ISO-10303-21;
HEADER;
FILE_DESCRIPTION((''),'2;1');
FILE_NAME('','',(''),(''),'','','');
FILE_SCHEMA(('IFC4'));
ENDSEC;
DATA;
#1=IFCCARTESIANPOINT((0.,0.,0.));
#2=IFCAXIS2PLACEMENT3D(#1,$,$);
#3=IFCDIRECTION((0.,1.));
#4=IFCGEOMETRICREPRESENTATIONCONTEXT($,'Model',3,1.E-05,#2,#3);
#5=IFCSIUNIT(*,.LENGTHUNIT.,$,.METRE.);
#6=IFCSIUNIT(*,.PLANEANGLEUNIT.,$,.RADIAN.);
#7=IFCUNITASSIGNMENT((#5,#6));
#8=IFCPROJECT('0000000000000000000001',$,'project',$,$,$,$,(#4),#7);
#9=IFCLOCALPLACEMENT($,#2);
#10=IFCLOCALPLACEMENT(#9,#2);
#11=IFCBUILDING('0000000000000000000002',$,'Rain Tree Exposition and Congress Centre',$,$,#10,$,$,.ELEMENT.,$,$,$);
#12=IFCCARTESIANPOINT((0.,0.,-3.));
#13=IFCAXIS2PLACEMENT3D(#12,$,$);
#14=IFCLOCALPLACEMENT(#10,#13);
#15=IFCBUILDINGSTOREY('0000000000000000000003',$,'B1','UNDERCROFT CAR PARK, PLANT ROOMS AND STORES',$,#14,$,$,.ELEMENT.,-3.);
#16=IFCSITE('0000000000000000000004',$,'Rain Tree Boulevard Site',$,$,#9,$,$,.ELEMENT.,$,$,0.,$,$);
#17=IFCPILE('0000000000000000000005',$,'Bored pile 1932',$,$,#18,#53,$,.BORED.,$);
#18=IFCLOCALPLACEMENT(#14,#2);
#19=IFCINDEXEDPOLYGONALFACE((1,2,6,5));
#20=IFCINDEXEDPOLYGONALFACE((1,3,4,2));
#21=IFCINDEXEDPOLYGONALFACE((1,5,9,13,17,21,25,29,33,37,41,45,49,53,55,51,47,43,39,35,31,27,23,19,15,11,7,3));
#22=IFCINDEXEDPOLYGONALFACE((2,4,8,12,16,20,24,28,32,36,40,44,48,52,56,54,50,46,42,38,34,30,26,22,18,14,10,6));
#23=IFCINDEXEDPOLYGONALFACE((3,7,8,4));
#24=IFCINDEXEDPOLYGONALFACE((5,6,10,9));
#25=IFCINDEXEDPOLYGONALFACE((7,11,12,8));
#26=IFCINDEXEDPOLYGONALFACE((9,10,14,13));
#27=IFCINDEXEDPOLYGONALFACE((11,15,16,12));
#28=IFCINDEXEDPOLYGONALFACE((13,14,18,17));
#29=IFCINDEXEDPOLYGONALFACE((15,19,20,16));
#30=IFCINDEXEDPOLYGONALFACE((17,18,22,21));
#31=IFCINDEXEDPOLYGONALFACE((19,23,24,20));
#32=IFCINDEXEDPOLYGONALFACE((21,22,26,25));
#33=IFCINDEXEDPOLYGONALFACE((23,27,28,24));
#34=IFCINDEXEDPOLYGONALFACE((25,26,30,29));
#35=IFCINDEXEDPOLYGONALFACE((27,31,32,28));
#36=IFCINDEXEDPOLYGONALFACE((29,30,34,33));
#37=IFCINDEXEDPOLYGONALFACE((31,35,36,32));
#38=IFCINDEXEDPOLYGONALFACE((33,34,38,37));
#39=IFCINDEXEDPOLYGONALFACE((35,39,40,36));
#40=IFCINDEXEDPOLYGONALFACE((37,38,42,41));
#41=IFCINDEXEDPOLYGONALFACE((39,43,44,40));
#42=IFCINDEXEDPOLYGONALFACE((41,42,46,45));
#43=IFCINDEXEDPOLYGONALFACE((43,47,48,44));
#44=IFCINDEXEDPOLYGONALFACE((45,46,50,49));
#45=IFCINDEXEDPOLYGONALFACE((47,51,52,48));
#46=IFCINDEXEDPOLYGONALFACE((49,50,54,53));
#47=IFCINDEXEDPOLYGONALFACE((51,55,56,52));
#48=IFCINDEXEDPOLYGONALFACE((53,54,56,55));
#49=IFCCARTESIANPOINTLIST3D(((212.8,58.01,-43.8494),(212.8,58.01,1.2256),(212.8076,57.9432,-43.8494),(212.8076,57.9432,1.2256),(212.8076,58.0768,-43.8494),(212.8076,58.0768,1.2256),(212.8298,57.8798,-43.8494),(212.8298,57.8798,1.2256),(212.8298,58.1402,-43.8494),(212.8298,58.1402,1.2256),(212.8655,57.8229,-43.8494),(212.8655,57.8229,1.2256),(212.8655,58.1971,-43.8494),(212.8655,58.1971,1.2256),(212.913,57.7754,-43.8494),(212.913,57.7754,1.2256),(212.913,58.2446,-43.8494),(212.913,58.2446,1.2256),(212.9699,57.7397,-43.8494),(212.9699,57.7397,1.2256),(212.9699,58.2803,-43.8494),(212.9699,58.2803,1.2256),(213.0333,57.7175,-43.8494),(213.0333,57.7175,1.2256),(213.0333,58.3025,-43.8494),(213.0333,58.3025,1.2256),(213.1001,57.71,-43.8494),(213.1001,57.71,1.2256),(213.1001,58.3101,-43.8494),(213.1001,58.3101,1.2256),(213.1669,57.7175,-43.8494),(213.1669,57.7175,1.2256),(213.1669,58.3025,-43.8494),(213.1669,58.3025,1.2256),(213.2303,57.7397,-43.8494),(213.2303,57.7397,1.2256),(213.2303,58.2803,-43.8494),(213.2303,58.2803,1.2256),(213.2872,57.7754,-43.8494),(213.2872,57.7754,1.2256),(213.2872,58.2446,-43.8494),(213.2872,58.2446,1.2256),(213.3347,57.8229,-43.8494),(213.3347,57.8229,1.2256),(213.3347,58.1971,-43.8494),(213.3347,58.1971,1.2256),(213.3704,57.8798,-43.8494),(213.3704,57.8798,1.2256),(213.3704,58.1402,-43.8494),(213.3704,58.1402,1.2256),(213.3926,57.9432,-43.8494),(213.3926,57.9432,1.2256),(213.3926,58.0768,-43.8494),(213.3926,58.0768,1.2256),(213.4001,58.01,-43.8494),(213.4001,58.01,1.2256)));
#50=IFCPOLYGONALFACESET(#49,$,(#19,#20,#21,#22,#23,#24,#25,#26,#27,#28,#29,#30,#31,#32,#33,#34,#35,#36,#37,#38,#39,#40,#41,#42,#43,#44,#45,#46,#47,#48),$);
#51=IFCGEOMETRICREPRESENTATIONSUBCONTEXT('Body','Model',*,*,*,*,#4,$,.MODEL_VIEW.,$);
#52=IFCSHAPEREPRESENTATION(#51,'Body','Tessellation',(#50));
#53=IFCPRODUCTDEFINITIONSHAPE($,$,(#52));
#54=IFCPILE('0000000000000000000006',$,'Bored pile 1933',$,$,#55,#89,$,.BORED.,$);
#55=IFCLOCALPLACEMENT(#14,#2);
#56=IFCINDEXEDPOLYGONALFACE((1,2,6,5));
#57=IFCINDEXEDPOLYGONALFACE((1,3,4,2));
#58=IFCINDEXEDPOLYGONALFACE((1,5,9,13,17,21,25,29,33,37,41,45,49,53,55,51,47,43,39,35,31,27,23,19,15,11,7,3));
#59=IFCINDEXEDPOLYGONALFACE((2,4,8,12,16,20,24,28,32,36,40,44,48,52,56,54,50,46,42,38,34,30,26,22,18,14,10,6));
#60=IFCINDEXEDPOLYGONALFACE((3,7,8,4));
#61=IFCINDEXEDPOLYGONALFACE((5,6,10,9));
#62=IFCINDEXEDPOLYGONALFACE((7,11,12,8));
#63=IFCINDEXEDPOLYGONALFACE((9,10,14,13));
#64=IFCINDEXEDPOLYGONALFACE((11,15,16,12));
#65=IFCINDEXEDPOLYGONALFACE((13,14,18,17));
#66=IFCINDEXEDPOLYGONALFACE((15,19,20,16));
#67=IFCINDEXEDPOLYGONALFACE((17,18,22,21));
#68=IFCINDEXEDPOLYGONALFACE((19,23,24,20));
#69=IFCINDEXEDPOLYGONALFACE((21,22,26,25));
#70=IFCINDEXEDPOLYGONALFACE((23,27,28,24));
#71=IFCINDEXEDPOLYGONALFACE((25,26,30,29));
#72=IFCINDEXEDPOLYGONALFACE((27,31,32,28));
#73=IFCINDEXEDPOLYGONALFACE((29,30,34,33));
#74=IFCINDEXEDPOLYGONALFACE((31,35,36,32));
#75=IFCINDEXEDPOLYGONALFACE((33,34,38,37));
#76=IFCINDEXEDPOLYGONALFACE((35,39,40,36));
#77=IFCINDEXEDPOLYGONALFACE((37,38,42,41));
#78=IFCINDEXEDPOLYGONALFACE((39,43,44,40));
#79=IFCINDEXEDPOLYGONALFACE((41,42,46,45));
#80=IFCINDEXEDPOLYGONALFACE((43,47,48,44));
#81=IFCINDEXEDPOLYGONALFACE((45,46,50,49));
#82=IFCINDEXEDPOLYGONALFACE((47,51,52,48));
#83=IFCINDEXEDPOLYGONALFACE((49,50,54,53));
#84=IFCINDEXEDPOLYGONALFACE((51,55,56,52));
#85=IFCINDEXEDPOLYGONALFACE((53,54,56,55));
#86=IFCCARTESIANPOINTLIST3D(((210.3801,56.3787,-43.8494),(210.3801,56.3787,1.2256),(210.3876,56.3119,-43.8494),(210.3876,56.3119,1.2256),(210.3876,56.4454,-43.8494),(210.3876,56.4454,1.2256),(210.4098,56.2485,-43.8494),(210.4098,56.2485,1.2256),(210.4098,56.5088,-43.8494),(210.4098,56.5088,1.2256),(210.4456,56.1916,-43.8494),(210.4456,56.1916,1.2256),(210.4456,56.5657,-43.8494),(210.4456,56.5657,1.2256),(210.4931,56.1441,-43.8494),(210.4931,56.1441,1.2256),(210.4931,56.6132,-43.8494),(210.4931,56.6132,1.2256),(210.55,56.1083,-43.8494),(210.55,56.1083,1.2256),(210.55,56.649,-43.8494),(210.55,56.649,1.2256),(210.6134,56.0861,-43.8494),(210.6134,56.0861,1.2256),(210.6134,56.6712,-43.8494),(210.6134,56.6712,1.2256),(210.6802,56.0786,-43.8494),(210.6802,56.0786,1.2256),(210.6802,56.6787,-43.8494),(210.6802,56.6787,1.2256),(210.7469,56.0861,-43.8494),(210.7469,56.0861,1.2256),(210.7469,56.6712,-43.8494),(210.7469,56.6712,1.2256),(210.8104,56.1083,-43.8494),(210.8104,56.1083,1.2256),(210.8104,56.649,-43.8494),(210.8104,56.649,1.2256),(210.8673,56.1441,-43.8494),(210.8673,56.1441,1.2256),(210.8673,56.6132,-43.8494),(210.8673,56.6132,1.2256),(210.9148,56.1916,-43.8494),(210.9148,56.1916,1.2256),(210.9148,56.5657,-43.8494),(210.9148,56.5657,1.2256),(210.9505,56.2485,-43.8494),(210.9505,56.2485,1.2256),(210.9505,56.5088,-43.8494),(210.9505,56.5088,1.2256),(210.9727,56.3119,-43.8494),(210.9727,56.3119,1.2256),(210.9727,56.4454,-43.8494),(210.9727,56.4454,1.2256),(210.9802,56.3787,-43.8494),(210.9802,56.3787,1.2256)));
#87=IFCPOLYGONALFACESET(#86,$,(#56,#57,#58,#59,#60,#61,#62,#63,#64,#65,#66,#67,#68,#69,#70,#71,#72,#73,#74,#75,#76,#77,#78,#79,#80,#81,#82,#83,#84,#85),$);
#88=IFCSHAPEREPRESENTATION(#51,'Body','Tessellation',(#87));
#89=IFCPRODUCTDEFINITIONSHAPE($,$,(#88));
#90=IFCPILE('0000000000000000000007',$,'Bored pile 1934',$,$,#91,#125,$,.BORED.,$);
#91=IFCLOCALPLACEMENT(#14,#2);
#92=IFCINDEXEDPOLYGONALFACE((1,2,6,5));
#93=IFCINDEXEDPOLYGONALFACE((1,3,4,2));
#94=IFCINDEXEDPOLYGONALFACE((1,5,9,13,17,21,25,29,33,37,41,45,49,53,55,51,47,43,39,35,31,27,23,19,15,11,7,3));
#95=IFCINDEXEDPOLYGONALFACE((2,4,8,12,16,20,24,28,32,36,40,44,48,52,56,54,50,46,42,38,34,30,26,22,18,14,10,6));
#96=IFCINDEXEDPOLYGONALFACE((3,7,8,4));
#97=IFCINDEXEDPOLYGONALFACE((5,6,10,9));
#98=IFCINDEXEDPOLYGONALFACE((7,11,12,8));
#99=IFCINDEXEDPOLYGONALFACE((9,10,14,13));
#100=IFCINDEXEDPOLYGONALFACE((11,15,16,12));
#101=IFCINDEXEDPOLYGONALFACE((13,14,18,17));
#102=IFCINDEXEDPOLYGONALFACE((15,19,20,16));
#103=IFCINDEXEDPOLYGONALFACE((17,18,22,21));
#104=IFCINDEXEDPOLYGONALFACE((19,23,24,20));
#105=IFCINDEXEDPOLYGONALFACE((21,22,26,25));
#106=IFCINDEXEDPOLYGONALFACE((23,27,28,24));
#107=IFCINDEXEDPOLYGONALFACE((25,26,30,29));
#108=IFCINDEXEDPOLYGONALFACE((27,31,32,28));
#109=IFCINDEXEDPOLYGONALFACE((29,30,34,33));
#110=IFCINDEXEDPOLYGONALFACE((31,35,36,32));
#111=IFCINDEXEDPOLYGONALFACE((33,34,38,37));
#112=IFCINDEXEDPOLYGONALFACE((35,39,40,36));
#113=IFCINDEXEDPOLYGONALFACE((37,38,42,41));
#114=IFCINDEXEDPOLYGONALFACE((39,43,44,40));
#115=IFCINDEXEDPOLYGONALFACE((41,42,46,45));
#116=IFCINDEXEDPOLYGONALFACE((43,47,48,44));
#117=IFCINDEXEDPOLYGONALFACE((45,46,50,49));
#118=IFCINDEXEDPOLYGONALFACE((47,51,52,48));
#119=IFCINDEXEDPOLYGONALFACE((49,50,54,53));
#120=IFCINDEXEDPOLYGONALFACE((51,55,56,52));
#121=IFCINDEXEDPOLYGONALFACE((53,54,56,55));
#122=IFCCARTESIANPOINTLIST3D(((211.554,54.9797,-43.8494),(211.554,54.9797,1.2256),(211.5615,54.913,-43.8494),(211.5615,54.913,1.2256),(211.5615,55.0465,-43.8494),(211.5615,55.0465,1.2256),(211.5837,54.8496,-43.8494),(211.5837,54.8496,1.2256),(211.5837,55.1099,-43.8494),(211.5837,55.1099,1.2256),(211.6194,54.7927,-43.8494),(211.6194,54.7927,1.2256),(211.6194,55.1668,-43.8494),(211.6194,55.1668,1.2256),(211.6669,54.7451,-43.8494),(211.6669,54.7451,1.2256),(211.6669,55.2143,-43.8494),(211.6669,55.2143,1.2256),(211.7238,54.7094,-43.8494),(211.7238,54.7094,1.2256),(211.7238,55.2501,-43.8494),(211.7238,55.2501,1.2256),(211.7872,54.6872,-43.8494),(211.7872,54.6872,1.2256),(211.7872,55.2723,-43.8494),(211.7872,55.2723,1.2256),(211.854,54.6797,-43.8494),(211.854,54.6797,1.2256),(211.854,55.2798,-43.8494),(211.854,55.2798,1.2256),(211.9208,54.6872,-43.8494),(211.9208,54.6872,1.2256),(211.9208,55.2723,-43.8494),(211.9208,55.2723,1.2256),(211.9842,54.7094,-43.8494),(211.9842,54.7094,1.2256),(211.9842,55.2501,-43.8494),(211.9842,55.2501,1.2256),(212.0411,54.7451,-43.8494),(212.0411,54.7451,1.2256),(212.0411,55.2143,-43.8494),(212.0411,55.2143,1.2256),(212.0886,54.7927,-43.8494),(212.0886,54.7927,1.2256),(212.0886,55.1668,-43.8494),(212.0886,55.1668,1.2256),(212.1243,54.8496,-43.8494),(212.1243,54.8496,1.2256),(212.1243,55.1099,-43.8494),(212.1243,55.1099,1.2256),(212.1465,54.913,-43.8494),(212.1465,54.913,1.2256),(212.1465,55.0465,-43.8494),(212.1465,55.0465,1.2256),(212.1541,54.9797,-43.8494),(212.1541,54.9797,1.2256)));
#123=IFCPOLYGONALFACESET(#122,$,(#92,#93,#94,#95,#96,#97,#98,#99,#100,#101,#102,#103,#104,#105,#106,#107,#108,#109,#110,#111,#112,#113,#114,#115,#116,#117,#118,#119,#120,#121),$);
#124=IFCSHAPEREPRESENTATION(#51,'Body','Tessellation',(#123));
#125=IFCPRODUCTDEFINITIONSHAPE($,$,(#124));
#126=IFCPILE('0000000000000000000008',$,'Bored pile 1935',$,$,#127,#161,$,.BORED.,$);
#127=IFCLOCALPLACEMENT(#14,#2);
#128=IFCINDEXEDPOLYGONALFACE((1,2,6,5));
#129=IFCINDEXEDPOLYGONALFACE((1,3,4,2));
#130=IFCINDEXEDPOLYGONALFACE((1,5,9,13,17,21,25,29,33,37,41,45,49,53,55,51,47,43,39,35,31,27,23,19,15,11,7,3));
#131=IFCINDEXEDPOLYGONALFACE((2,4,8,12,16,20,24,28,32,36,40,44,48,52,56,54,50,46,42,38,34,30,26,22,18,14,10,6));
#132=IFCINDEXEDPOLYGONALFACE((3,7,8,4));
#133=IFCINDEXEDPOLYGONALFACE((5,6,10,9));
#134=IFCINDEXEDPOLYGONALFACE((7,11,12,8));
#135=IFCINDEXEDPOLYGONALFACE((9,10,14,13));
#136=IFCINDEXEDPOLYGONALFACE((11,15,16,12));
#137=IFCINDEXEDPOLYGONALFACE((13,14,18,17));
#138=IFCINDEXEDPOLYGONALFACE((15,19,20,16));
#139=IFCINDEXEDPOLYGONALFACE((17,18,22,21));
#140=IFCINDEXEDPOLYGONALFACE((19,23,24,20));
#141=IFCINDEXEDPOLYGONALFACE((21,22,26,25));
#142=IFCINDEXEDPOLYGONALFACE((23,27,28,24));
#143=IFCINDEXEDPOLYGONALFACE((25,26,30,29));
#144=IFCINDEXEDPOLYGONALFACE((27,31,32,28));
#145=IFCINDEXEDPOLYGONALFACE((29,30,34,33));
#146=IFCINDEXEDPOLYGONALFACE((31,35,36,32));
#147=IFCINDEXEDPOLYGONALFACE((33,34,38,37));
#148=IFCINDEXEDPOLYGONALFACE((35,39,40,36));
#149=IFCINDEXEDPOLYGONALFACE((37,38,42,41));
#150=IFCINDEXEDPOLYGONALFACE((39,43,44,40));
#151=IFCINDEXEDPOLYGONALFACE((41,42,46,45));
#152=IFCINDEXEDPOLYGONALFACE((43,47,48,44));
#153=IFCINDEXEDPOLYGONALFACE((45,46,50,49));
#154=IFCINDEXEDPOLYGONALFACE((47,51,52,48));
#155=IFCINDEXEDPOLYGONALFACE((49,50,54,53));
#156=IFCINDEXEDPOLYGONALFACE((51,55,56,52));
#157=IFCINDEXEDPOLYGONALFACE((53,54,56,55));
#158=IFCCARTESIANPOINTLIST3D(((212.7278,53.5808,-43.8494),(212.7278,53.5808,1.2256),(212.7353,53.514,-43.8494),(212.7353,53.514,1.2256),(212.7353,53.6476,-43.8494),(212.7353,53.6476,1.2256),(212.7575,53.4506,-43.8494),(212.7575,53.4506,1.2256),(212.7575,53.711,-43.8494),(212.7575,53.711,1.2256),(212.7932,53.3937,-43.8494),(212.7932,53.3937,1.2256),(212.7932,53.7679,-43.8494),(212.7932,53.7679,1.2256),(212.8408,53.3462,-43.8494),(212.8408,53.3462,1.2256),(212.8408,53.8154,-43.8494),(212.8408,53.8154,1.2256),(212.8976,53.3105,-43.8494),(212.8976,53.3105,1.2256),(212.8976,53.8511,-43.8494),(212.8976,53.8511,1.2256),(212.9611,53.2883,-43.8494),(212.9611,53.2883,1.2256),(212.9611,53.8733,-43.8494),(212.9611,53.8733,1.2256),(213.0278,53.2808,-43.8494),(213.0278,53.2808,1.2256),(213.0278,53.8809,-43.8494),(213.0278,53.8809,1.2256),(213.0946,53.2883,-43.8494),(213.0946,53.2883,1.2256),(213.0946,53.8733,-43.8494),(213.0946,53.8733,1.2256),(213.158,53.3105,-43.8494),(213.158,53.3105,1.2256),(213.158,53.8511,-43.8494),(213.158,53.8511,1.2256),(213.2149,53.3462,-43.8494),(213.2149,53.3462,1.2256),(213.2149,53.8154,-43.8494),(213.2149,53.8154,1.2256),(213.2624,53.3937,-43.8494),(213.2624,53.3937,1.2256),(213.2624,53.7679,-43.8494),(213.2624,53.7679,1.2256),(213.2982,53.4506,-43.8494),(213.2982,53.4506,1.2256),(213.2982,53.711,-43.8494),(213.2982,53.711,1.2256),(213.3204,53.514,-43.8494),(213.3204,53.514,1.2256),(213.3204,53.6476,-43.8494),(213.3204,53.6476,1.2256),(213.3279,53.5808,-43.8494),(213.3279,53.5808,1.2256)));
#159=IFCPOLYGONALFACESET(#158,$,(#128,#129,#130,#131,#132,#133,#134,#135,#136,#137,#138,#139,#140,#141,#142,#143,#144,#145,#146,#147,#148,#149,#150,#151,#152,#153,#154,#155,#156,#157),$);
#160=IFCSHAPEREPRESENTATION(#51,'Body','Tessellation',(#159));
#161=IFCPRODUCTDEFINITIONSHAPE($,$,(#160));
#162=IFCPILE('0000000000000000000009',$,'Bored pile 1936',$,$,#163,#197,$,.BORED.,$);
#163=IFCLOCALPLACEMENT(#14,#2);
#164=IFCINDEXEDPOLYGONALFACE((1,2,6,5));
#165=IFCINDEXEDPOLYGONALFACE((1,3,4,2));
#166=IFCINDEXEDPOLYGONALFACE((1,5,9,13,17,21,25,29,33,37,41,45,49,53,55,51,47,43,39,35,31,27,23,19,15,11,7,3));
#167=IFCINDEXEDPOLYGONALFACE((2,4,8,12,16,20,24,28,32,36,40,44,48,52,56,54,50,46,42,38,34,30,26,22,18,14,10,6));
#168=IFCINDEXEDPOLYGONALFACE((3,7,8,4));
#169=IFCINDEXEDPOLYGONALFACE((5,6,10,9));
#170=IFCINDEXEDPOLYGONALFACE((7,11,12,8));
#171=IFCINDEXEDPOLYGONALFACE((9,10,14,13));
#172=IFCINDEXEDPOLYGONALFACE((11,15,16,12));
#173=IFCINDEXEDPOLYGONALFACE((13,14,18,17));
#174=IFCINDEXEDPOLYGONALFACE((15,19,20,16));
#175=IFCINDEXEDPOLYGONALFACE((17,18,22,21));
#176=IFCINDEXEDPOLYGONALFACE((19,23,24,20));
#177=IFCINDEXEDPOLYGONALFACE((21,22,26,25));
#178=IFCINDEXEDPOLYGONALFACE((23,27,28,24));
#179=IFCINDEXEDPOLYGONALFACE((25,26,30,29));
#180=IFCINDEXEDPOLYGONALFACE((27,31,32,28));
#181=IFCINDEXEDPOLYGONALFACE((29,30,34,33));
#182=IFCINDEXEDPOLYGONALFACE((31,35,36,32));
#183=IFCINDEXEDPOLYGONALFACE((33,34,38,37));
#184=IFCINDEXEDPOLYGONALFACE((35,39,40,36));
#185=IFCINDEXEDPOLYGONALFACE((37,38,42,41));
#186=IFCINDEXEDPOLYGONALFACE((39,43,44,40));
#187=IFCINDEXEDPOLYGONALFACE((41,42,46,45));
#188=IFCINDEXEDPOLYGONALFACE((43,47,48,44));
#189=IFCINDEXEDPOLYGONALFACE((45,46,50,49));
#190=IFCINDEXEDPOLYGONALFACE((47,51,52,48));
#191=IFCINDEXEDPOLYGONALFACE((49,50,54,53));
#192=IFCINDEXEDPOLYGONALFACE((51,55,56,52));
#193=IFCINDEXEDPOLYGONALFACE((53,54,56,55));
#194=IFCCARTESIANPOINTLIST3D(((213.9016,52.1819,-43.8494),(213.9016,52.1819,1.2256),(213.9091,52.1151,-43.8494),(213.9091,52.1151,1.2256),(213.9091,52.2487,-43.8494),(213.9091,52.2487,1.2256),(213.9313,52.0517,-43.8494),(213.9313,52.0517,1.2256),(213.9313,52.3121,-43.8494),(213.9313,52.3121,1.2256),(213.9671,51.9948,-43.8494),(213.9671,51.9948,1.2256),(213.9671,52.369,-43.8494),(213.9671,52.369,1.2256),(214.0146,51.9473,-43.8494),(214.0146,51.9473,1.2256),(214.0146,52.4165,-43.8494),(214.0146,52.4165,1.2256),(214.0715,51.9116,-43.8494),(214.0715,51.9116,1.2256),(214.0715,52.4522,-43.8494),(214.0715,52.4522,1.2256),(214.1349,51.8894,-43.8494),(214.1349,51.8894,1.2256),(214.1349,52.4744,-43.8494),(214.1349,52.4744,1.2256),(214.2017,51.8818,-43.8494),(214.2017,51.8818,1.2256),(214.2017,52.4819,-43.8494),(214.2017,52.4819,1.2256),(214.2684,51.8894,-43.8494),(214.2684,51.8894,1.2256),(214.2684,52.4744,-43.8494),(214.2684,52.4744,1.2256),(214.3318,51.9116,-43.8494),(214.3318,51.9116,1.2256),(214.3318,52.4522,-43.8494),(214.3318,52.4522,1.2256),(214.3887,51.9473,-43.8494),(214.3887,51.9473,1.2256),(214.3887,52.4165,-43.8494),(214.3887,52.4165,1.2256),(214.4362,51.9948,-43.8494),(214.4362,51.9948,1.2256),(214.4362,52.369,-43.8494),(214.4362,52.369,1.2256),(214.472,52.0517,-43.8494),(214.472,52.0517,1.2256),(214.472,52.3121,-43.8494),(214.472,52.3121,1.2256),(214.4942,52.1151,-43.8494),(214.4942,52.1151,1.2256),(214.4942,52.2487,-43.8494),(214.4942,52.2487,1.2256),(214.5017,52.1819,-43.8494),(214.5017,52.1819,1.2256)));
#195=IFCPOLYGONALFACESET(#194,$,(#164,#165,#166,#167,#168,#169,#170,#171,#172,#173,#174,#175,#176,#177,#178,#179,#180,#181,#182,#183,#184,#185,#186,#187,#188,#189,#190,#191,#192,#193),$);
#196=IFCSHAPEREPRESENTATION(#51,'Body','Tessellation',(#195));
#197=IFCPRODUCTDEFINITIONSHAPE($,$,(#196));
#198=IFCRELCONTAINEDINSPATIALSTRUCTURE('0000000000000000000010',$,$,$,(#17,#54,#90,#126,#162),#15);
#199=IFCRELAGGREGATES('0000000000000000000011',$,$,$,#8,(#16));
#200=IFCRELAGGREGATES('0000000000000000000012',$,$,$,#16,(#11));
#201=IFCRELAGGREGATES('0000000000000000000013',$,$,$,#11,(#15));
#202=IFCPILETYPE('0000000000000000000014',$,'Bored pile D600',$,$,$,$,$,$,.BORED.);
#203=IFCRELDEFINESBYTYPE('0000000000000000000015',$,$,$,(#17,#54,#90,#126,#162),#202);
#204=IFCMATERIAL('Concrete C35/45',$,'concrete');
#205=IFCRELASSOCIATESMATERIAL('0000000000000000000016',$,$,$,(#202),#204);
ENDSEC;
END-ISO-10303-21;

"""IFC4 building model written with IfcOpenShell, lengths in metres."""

from ifc_helpers import new_model, si_unit, direction, frame, origin, origin_2d, place, context, subcontext, project, spatial, circle, extrude, material, material_profile, profile_set, type_object, element, save


model = new_model("IFC4")

# Units and contexts
model_context = context("Model", 3, precision=1e-05, world=origin(), true_north=direction((0.0, 1.0)))
body_context = subcontext(model_context, "Body", "Model", "MODEL_VIEW")
ifc_project = project(units=[si_unit("LENGTHUNIT", "METRE"), si_unit("PLANEANGLEUNIT", "RADIAN")], contexts=[model_context])

# Site, building, storey
site_placement = place(None, origin())
site = spatial("IfcSite", under=ifc_project, at=site_placement, Name="Rain Tree Boulevard Site", CompositionType="ELEMENT", RefElevation=0.0)
building_placement = place(site_placement, origin())
building = spatial("IfcBuilding", under=site, at=building_placement, Name="Rain Tree Exposition and Congress Centre", CompositionType="ELEMENT")
storey_placement = place(building_placement, frame((0.0, 0.0, -3.0)))
storey = spatial("IfcBuildingStorey", under=building, at=storey_placement, Name="B1", Description="UNDERCROFT CAR PARK, PLANT ROOMS AND STORES", CompositionType="ELEMENT", Elevation=-3.0)

# Piles
ifc_material_1 = material(Name="Concrete C35/45", Category="concrete")
ifc_material_profile_1 = material_profile(ifc_material_1, circle(Radius=0.3, at=origin_2d()), Name="D600")
ifc_profile_set_1 = profile_set([ifc_material_profile_1], Name="Concrete C35/45")
pile_type_1 = type_object("IfcPileType", Name="Bored pile D600", PredefinedType="BORED", material=ifc_profile_set_1)
for number, where, z_axis, x_axis, name in (
    (1, (213.1001, 58.01, 1.2256), (0.0, 0.0, -1.0), (1.0, 0.0, 0.0), "Bored pile 1932"),
    (2, (210.6802, 56.3787, 1.2256), (0.0, 0.0, -1.0), (1.0, 0.0, 0.0), "Bored pile 1933"),
    (3, (211.854, 54.9797, 1.2256), (0.0, 0.0, -1.0), (1.0, 0.0, 0.0), "Bored pile 1934"),
    (4, (213.0278, 53.5808, 1.2256), (0.0, 0.0, -1.0), (1.0, 0.0, 0.0), "Bored pile 1935"),
    (5, (214.2017, 52.1819, 1.2256), (0.0, 0.0, -1.0), (1.0, 0.0, 0.0), "Bored pile 1936"),
):
    element("IfcPile", number, at=place(storey_placement, frame(where, z_axis=z_axis, x_axis=x_axis)), inside=storey, type_object=pile_type_1, Name=name, PredefinedType="BORED", context=body_context, shape_type="SweptSolid", body=[
        extrude(circle(Radius=0.3, at=origin_2d()), origin(), (0.0, 0.0, 1.0), 45.075),
    ])

save(model, "model.ifc")
